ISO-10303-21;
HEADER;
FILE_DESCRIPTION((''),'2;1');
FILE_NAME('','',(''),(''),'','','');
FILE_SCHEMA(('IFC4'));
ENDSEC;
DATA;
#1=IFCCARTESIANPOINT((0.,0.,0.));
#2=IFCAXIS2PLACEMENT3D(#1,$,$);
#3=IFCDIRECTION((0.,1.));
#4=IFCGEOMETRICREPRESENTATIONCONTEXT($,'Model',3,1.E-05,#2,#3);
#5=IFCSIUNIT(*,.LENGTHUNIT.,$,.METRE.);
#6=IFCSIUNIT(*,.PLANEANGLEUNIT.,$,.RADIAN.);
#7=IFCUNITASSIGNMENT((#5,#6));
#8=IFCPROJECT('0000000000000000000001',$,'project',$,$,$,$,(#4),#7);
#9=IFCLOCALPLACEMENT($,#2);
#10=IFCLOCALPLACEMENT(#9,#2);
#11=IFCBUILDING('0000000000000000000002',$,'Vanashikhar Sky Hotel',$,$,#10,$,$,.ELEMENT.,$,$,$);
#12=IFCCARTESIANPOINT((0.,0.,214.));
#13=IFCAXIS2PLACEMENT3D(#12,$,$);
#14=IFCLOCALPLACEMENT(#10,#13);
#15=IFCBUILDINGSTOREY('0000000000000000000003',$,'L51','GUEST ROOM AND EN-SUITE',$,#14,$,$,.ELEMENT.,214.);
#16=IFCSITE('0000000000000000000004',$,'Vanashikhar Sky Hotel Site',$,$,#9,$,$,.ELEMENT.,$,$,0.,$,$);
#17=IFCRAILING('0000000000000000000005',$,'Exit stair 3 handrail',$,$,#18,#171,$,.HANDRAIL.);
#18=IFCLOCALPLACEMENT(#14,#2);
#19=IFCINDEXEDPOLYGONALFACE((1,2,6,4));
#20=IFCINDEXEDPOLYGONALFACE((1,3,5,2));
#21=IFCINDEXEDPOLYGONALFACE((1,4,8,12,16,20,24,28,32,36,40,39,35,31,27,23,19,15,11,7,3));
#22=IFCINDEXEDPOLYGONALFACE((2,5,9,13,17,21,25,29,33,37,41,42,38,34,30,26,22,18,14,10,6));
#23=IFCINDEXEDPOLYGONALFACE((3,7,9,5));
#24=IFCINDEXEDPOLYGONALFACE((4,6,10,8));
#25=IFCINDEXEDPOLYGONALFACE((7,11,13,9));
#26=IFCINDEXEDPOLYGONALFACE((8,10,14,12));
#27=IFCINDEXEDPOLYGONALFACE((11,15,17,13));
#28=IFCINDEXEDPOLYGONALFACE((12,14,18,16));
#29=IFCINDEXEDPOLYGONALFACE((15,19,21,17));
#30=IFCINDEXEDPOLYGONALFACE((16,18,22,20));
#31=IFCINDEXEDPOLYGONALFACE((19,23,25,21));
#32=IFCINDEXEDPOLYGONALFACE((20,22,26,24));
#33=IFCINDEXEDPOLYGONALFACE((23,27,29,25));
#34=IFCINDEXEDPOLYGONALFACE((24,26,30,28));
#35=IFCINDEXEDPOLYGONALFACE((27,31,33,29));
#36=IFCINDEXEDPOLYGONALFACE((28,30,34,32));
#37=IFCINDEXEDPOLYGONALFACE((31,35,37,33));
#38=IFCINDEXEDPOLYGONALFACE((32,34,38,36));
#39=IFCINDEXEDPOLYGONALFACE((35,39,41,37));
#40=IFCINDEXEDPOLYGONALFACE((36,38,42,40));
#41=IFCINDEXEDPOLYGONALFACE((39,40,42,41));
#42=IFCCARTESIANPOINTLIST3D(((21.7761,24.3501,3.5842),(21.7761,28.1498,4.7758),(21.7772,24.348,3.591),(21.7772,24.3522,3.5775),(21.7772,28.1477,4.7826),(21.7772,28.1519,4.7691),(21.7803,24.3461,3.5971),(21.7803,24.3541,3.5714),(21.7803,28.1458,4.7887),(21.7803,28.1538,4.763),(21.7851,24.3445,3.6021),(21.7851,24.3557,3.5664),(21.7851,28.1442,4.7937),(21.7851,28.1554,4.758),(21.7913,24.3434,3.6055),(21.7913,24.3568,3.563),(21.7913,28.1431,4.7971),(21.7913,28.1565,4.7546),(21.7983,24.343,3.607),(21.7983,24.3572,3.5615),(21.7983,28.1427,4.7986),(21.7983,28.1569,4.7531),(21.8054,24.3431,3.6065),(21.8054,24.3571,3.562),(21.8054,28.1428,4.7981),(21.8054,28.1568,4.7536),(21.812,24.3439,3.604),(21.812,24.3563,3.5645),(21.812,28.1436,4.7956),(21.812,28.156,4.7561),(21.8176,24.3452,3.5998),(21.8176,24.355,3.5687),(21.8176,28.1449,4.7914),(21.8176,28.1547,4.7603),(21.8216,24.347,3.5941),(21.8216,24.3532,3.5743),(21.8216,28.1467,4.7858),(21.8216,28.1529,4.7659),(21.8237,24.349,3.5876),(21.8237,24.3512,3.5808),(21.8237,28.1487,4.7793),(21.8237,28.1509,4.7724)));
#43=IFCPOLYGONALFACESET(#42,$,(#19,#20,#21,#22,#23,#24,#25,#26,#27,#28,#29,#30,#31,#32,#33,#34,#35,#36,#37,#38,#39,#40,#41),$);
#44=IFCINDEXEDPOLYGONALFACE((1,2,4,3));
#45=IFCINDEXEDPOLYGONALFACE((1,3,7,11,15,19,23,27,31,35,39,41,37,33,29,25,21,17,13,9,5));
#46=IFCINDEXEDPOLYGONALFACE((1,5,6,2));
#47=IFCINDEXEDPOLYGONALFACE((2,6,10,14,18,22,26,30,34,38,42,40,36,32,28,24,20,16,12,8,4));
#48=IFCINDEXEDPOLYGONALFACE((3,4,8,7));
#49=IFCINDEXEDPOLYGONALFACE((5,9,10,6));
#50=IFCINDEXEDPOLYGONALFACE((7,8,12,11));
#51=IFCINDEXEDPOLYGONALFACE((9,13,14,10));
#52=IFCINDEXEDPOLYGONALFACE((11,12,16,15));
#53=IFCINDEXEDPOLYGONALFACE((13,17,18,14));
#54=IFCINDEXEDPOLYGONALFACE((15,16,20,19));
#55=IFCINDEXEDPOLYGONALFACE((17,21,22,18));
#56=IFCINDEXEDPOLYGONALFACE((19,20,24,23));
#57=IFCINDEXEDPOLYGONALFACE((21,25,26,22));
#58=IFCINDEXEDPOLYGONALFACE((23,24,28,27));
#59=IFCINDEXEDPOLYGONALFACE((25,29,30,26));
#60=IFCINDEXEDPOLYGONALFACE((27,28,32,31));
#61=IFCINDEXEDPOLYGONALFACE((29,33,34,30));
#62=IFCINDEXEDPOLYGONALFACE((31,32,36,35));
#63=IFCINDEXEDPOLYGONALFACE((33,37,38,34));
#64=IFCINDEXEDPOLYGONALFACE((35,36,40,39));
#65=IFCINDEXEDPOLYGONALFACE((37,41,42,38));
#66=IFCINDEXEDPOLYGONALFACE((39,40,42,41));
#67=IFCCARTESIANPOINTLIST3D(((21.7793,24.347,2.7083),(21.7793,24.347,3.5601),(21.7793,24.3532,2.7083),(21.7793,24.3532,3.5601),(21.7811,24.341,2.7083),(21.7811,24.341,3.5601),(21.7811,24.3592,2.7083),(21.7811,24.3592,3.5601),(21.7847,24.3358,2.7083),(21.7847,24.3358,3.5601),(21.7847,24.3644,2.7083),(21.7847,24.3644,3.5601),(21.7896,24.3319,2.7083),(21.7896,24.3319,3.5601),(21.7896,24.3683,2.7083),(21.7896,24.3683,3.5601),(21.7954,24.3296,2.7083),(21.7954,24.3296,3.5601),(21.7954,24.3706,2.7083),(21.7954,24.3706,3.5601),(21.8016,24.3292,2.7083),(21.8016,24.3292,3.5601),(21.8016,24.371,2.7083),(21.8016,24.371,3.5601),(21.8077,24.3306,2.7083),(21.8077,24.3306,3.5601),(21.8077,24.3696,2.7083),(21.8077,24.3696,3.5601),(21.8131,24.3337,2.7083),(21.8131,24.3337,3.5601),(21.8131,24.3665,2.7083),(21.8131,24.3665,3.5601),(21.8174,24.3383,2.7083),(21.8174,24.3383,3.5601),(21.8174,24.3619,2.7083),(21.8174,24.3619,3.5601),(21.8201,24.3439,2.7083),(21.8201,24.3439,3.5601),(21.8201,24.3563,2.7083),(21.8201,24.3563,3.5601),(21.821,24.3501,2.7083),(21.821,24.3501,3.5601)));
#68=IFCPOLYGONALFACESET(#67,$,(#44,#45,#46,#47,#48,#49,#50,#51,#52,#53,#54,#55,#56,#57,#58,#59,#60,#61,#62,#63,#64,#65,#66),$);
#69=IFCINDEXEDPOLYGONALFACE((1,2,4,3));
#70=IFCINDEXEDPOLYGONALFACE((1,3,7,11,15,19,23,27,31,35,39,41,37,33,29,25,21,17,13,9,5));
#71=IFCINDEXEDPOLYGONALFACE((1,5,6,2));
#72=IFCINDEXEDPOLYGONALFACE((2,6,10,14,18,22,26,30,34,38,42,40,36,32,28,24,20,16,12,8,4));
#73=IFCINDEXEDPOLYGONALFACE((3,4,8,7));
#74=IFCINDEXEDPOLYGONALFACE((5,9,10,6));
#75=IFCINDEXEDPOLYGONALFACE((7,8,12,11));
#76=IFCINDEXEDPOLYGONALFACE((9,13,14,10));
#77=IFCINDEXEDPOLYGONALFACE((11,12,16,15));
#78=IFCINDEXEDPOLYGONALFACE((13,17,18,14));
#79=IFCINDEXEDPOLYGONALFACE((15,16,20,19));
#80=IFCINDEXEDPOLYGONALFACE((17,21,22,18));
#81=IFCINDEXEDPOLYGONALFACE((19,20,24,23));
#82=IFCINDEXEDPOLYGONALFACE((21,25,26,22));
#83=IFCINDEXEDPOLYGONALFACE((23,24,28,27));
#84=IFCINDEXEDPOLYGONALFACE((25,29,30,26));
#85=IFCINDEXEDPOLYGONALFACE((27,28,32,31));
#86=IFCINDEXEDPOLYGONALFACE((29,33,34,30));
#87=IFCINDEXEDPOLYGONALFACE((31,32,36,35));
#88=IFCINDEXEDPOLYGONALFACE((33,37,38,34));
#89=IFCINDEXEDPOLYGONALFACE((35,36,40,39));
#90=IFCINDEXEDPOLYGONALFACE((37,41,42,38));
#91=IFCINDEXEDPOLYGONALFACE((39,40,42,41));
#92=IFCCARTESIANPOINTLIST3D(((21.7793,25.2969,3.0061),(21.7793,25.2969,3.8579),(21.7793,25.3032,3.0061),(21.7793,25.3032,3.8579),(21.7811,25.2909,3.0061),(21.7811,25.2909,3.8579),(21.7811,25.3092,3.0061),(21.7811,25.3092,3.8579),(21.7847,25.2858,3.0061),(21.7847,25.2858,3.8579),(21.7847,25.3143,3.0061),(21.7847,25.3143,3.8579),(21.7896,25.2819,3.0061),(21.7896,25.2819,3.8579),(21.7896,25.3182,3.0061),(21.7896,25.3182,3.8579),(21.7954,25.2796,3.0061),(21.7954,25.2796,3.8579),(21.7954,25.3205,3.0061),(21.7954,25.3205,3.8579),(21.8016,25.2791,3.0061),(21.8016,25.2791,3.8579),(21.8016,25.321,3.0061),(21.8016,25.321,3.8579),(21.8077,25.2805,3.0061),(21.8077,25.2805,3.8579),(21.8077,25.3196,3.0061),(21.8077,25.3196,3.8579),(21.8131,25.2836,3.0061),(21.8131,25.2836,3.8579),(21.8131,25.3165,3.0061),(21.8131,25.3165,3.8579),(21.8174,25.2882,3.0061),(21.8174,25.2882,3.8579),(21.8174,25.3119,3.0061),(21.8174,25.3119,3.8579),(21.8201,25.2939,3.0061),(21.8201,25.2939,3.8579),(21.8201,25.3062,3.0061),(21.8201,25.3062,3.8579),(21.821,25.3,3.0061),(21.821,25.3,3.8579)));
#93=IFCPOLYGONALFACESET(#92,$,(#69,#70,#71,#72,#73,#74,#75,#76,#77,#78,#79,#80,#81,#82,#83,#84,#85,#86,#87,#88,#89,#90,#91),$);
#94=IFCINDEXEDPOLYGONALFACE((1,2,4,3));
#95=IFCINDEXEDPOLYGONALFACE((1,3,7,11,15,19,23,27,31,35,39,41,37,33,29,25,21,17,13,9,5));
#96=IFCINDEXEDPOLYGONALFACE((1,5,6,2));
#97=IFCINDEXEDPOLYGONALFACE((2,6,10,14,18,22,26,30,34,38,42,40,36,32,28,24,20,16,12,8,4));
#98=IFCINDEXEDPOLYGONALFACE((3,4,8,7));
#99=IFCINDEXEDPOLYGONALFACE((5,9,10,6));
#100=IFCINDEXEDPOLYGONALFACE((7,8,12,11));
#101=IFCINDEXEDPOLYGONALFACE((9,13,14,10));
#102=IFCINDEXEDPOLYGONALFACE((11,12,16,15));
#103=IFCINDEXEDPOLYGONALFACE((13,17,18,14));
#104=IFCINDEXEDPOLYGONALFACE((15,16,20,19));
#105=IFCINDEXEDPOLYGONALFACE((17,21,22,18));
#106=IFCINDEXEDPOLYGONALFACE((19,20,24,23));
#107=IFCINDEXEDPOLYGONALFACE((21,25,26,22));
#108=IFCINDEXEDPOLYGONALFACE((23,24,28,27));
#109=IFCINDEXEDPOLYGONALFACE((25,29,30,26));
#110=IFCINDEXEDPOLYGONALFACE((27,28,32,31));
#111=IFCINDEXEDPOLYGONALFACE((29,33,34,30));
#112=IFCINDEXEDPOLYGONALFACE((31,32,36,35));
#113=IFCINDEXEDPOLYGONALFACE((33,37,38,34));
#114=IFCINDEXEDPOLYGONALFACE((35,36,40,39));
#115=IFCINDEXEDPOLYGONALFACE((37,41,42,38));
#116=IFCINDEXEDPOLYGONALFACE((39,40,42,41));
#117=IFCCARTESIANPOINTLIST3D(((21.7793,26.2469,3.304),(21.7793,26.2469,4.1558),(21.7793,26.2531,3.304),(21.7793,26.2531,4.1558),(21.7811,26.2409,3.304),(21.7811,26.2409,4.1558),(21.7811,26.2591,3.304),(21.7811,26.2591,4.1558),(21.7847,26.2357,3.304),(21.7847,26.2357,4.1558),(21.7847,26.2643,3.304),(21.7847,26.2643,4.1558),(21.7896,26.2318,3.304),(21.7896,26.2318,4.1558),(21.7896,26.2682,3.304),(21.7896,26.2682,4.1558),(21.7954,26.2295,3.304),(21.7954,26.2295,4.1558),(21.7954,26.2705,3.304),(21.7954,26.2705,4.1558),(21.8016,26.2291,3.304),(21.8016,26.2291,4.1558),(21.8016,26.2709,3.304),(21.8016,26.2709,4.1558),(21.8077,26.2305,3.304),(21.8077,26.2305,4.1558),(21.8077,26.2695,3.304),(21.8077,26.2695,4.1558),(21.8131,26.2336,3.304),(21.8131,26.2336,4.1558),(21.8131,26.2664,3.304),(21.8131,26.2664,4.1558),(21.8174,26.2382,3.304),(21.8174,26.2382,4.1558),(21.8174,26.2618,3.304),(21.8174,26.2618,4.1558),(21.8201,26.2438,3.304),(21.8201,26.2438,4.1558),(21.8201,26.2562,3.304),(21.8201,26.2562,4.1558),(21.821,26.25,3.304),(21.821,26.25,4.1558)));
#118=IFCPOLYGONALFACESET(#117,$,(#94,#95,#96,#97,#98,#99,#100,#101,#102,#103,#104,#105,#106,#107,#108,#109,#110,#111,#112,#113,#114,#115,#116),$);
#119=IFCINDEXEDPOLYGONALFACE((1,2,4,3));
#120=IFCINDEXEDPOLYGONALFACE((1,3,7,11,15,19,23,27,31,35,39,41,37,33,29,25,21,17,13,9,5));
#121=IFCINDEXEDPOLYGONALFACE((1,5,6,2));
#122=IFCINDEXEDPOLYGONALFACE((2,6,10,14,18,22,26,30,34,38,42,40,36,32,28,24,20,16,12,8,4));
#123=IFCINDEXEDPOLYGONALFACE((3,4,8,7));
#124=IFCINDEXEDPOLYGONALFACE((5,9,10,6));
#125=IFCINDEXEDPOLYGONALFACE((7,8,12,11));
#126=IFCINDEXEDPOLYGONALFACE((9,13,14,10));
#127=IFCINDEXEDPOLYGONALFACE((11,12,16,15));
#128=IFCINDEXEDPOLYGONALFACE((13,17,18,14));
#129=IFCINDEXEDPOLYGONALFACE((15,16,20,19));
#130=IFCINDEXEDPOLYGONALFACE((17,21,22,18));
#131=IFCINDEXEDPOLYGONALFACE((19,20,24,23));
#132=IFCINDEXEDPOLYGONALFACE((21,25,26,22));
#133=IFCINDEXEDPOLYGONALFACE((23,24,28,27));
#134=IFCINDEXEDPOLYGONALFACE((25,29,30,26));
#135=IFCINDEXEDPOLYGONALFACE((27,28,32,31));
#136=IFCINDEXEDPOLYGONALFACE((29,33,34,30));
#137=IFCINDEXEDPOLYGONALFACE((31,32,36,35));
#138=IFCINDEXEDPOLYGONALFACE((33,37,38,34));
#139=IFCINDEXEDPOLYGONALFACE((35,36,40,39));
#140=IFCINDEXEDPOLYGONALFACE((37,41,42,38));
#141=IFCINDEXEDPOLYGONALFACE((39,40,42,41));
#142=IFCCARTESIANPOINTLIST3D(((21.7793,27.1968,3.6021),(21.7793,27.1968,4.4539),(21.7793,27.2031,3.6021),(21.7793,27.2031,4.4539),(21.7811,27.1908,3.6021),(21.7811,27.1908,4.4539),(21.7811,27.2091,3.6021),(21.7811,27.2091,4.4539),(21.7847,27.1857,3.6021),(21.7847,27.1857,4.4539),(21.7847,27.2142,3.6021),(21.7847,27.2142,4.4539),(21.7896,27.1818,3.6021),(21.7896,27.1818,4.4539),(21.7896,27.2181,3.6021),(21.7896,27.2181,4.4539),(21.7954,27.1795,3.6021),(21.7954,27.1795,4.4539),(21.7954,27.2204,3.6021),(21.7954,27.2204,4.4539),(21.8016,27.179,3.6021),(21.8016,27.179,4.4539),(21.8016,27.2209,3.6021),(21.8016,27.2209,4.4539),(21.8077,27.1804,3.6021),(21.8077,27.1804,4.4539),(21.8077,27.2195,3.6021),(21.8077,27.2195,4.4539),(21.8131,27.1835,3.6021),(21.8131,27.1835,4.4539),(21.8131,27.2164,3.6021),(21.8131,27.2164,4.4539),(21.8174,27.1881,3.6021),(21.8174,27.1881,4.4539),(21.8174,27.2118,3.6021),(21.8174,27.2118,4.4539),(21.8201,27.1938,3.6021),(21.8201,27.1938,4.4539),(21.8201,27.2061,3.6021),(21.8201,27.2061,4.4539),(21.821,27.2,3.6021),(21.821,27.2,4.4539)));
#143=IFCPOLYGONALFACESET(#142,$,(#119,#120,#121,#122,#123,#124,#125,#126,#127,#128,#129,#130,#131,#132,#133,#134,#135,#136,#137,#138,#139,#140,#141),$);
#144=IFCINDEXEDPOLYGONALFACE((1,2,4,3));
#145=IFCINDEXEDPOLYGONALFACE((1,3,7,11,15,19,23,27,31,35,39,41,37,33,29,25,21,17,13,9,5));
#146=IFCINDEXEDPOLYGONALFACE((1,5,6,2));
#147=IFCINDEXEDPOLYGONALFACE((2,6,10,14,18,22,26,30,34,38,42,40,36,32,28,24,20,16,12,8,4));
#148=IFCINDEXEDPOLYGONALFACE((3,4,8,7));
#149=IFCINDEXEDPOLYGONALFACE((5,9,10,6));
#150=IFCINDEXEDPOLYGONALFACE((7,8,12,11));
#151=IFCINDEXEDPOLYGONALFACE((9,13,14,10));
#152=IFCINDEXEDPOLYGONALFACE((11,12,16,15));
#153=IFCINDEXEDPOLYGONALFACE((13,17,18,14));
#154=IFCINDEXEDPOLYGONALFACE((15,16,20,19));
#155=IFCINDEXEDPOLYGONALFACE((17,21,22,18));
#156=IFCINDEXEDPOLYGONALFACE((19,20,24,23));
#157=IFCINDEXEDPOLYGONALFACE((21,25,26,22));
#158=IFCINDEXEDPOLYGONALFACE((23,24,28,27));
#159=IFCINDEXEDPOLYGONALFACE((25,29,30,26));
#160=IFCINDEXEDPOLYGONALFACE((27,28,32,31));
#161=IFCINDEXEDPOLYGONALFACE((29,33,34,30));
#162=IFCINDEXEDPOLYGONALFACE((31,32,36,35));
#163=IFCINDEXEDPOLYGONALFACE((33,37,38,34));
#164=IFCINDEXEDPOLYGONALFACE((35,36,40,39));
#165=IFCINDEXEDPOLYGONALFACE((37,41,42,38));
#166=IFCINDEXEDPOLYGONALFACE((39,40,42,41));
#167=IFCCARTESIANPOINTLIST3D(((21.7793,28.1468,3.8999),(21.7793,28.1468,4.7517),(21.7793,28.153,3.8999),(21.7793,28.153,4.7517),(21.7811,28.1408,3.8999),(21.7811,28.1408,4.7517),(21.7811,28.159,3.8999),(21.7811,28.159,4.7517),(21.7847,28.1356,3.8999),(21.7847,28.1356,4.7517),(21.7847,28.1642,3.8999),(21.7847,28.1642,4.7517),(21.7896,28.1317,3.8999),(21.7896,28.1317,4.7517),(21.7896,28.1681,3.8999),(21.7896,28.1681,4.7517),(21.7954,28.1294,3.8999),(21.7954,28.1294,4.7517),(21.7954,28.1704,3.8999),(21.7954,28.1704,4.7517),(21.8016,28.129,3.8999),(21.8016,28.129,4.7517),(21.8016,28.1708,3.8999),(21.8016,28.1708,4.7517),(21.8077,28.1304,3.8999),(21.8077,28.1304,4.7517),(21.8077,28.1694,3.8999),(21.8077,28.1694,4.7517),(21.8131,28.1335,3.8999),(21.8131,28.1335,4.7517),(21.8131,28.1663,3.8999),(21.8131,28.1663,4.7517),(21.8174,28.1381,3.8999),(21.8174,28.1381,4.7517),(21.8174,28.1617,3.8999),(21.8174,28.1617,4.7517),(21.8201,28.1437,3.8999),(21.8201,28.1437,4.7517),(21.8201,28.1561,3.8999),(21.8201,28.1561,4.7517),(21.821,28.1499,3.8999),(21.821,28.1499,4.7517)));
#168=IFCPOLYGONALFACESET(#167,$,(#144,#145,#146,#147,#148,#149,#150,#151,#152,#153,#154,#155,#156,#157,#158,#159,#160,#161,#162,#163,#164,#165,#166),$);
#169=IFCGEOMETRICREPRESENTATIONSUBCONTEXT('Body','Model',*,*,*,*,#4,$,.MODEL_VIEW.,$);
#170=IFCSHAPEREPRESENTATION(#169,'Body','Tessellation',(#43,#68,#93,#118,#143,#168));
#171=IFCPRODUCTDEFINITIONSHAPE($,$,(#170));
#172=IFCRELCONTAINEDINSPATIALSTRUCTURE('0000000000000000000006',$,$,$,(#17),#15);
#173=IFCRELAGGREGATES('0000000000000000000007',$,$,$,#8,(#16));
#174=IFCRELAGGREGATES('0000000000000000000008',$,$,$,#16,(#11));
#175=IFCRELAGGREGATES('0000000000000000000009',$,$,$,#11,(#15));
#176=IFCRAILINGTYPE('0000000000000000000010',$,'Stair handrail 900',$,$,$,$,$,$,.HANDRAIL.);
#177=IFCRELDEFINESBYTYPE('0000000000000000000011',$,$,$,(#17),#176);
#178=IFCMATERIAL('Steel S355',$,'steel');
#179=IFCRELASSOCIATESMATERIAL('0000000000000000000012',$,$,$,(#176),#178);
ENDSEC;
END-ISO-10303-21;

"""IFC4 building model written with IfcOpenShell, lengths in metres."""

from ifc_helpers import new_model, si_unit, direction, frame, origin, origin_2d, place, context, subcontext, project, spatial, circle, extrude, source, transform, mapped, material, type_object, element, save


model = new_model("IFC4")

# Units and contexts
model_context = context("Model", 3, precision=1e-05, world=origin(), true_north=direction((0.0, 1.0)))
body_context = subcontext(model_context, "Body", "Model", "MODEL_VIEW")
ifc_project = project(units=[si_unit("LENGTHUNIT", "METRE"), si_unit("PLANEANGLEUNIT", "RADIAN")], contexts=[model_context])

# Site, building, storey
site_placement = place(None, origin())
site = spatial("IfcSite", under=ifc_project, at=site_placement, Name="Vanashikhar Sky Hotel Site", CompositionType="ELEMENT", RefElevation=0.0)
building_placement = place(site_placement, origin())
building = spatial("IfcBuilding", under=site, at=building_placement, Name="Vanashikhar Sky Hotel", CompositionType="ELEMENT")
storey_placement = place(building_placement, frame((0.0, 0.0, 214.0)))
storey = spatial("IfcBuildingStorey", under=building, at=storey_placement, Name="L51", Description="GUEST ROOM AND EN-SUITE", CompositionType="ELEMENT", Elevation=214.0)

# Railing
ifc_material_1 = material(Name="Steel S355", Category="steel")
railing_type_1 = type_object("IfcRailingType", Name="Stair handrail 900", PredefinedType="HANDRAIL", material=ifc_material_1)
shared_shape_1 = source(origin(), body_context, "Body", "SweptSolid", [
    extrude(circle(Radius=0.0239, at=origin_2d()), frame((0.0, 0.0, 0.876), z_axis=(0.0, 0.954178, 0.299238), x_axis=(-1.0, 0.0, 0.0)), (0.0, 0.0, 1.0), 3.9822),
    extrude(circle(Radius=0.021, at=origin_2d()), origin(), (0.0, 0.0, 1.0), 0.8518),
    extrude(circle(Radius=0.021, at=origin_2d()), frame((0.0, 0.95, 0.2979)), (0.0, 0.0, 1.0), 0.8518),
    extrude(circle(Radius=0.021, at=origin_2d()), frame((0.0, 1.8999, 0.5957)), (0.0, 0.0, 1.0), 0.8518),
    extrude(circle(Radius=0.021, at=origin_2d()), frame((0.0, 2.8499, 0.8938)), (0.0, 0.0, 1.0), 0.8518),
    extrude(circle(Radius=0.021, at=origin_2d()), frame((0.0, 3.7998, 1.1917)), (0.0, 0.0, 1.0), 0.8518),
])
for number, where, name in (
    (1, (21.8, 24.3501, 2.7083), "Exit stair 3 handrail"),
):
    element("IfcRailing", number, at=place(storey_placement, frame(where)), inside=storey, type_object=railing_type_1, Name=name, PredefinedType="HANDRAIL", context=body_context, shape_type="MappedRepresentation", body=[
        mapped(shared_shape_1, transform((0.0, 0.0, 0.0), scale=1.0)),
    ])

save(model, "model.ifc")
